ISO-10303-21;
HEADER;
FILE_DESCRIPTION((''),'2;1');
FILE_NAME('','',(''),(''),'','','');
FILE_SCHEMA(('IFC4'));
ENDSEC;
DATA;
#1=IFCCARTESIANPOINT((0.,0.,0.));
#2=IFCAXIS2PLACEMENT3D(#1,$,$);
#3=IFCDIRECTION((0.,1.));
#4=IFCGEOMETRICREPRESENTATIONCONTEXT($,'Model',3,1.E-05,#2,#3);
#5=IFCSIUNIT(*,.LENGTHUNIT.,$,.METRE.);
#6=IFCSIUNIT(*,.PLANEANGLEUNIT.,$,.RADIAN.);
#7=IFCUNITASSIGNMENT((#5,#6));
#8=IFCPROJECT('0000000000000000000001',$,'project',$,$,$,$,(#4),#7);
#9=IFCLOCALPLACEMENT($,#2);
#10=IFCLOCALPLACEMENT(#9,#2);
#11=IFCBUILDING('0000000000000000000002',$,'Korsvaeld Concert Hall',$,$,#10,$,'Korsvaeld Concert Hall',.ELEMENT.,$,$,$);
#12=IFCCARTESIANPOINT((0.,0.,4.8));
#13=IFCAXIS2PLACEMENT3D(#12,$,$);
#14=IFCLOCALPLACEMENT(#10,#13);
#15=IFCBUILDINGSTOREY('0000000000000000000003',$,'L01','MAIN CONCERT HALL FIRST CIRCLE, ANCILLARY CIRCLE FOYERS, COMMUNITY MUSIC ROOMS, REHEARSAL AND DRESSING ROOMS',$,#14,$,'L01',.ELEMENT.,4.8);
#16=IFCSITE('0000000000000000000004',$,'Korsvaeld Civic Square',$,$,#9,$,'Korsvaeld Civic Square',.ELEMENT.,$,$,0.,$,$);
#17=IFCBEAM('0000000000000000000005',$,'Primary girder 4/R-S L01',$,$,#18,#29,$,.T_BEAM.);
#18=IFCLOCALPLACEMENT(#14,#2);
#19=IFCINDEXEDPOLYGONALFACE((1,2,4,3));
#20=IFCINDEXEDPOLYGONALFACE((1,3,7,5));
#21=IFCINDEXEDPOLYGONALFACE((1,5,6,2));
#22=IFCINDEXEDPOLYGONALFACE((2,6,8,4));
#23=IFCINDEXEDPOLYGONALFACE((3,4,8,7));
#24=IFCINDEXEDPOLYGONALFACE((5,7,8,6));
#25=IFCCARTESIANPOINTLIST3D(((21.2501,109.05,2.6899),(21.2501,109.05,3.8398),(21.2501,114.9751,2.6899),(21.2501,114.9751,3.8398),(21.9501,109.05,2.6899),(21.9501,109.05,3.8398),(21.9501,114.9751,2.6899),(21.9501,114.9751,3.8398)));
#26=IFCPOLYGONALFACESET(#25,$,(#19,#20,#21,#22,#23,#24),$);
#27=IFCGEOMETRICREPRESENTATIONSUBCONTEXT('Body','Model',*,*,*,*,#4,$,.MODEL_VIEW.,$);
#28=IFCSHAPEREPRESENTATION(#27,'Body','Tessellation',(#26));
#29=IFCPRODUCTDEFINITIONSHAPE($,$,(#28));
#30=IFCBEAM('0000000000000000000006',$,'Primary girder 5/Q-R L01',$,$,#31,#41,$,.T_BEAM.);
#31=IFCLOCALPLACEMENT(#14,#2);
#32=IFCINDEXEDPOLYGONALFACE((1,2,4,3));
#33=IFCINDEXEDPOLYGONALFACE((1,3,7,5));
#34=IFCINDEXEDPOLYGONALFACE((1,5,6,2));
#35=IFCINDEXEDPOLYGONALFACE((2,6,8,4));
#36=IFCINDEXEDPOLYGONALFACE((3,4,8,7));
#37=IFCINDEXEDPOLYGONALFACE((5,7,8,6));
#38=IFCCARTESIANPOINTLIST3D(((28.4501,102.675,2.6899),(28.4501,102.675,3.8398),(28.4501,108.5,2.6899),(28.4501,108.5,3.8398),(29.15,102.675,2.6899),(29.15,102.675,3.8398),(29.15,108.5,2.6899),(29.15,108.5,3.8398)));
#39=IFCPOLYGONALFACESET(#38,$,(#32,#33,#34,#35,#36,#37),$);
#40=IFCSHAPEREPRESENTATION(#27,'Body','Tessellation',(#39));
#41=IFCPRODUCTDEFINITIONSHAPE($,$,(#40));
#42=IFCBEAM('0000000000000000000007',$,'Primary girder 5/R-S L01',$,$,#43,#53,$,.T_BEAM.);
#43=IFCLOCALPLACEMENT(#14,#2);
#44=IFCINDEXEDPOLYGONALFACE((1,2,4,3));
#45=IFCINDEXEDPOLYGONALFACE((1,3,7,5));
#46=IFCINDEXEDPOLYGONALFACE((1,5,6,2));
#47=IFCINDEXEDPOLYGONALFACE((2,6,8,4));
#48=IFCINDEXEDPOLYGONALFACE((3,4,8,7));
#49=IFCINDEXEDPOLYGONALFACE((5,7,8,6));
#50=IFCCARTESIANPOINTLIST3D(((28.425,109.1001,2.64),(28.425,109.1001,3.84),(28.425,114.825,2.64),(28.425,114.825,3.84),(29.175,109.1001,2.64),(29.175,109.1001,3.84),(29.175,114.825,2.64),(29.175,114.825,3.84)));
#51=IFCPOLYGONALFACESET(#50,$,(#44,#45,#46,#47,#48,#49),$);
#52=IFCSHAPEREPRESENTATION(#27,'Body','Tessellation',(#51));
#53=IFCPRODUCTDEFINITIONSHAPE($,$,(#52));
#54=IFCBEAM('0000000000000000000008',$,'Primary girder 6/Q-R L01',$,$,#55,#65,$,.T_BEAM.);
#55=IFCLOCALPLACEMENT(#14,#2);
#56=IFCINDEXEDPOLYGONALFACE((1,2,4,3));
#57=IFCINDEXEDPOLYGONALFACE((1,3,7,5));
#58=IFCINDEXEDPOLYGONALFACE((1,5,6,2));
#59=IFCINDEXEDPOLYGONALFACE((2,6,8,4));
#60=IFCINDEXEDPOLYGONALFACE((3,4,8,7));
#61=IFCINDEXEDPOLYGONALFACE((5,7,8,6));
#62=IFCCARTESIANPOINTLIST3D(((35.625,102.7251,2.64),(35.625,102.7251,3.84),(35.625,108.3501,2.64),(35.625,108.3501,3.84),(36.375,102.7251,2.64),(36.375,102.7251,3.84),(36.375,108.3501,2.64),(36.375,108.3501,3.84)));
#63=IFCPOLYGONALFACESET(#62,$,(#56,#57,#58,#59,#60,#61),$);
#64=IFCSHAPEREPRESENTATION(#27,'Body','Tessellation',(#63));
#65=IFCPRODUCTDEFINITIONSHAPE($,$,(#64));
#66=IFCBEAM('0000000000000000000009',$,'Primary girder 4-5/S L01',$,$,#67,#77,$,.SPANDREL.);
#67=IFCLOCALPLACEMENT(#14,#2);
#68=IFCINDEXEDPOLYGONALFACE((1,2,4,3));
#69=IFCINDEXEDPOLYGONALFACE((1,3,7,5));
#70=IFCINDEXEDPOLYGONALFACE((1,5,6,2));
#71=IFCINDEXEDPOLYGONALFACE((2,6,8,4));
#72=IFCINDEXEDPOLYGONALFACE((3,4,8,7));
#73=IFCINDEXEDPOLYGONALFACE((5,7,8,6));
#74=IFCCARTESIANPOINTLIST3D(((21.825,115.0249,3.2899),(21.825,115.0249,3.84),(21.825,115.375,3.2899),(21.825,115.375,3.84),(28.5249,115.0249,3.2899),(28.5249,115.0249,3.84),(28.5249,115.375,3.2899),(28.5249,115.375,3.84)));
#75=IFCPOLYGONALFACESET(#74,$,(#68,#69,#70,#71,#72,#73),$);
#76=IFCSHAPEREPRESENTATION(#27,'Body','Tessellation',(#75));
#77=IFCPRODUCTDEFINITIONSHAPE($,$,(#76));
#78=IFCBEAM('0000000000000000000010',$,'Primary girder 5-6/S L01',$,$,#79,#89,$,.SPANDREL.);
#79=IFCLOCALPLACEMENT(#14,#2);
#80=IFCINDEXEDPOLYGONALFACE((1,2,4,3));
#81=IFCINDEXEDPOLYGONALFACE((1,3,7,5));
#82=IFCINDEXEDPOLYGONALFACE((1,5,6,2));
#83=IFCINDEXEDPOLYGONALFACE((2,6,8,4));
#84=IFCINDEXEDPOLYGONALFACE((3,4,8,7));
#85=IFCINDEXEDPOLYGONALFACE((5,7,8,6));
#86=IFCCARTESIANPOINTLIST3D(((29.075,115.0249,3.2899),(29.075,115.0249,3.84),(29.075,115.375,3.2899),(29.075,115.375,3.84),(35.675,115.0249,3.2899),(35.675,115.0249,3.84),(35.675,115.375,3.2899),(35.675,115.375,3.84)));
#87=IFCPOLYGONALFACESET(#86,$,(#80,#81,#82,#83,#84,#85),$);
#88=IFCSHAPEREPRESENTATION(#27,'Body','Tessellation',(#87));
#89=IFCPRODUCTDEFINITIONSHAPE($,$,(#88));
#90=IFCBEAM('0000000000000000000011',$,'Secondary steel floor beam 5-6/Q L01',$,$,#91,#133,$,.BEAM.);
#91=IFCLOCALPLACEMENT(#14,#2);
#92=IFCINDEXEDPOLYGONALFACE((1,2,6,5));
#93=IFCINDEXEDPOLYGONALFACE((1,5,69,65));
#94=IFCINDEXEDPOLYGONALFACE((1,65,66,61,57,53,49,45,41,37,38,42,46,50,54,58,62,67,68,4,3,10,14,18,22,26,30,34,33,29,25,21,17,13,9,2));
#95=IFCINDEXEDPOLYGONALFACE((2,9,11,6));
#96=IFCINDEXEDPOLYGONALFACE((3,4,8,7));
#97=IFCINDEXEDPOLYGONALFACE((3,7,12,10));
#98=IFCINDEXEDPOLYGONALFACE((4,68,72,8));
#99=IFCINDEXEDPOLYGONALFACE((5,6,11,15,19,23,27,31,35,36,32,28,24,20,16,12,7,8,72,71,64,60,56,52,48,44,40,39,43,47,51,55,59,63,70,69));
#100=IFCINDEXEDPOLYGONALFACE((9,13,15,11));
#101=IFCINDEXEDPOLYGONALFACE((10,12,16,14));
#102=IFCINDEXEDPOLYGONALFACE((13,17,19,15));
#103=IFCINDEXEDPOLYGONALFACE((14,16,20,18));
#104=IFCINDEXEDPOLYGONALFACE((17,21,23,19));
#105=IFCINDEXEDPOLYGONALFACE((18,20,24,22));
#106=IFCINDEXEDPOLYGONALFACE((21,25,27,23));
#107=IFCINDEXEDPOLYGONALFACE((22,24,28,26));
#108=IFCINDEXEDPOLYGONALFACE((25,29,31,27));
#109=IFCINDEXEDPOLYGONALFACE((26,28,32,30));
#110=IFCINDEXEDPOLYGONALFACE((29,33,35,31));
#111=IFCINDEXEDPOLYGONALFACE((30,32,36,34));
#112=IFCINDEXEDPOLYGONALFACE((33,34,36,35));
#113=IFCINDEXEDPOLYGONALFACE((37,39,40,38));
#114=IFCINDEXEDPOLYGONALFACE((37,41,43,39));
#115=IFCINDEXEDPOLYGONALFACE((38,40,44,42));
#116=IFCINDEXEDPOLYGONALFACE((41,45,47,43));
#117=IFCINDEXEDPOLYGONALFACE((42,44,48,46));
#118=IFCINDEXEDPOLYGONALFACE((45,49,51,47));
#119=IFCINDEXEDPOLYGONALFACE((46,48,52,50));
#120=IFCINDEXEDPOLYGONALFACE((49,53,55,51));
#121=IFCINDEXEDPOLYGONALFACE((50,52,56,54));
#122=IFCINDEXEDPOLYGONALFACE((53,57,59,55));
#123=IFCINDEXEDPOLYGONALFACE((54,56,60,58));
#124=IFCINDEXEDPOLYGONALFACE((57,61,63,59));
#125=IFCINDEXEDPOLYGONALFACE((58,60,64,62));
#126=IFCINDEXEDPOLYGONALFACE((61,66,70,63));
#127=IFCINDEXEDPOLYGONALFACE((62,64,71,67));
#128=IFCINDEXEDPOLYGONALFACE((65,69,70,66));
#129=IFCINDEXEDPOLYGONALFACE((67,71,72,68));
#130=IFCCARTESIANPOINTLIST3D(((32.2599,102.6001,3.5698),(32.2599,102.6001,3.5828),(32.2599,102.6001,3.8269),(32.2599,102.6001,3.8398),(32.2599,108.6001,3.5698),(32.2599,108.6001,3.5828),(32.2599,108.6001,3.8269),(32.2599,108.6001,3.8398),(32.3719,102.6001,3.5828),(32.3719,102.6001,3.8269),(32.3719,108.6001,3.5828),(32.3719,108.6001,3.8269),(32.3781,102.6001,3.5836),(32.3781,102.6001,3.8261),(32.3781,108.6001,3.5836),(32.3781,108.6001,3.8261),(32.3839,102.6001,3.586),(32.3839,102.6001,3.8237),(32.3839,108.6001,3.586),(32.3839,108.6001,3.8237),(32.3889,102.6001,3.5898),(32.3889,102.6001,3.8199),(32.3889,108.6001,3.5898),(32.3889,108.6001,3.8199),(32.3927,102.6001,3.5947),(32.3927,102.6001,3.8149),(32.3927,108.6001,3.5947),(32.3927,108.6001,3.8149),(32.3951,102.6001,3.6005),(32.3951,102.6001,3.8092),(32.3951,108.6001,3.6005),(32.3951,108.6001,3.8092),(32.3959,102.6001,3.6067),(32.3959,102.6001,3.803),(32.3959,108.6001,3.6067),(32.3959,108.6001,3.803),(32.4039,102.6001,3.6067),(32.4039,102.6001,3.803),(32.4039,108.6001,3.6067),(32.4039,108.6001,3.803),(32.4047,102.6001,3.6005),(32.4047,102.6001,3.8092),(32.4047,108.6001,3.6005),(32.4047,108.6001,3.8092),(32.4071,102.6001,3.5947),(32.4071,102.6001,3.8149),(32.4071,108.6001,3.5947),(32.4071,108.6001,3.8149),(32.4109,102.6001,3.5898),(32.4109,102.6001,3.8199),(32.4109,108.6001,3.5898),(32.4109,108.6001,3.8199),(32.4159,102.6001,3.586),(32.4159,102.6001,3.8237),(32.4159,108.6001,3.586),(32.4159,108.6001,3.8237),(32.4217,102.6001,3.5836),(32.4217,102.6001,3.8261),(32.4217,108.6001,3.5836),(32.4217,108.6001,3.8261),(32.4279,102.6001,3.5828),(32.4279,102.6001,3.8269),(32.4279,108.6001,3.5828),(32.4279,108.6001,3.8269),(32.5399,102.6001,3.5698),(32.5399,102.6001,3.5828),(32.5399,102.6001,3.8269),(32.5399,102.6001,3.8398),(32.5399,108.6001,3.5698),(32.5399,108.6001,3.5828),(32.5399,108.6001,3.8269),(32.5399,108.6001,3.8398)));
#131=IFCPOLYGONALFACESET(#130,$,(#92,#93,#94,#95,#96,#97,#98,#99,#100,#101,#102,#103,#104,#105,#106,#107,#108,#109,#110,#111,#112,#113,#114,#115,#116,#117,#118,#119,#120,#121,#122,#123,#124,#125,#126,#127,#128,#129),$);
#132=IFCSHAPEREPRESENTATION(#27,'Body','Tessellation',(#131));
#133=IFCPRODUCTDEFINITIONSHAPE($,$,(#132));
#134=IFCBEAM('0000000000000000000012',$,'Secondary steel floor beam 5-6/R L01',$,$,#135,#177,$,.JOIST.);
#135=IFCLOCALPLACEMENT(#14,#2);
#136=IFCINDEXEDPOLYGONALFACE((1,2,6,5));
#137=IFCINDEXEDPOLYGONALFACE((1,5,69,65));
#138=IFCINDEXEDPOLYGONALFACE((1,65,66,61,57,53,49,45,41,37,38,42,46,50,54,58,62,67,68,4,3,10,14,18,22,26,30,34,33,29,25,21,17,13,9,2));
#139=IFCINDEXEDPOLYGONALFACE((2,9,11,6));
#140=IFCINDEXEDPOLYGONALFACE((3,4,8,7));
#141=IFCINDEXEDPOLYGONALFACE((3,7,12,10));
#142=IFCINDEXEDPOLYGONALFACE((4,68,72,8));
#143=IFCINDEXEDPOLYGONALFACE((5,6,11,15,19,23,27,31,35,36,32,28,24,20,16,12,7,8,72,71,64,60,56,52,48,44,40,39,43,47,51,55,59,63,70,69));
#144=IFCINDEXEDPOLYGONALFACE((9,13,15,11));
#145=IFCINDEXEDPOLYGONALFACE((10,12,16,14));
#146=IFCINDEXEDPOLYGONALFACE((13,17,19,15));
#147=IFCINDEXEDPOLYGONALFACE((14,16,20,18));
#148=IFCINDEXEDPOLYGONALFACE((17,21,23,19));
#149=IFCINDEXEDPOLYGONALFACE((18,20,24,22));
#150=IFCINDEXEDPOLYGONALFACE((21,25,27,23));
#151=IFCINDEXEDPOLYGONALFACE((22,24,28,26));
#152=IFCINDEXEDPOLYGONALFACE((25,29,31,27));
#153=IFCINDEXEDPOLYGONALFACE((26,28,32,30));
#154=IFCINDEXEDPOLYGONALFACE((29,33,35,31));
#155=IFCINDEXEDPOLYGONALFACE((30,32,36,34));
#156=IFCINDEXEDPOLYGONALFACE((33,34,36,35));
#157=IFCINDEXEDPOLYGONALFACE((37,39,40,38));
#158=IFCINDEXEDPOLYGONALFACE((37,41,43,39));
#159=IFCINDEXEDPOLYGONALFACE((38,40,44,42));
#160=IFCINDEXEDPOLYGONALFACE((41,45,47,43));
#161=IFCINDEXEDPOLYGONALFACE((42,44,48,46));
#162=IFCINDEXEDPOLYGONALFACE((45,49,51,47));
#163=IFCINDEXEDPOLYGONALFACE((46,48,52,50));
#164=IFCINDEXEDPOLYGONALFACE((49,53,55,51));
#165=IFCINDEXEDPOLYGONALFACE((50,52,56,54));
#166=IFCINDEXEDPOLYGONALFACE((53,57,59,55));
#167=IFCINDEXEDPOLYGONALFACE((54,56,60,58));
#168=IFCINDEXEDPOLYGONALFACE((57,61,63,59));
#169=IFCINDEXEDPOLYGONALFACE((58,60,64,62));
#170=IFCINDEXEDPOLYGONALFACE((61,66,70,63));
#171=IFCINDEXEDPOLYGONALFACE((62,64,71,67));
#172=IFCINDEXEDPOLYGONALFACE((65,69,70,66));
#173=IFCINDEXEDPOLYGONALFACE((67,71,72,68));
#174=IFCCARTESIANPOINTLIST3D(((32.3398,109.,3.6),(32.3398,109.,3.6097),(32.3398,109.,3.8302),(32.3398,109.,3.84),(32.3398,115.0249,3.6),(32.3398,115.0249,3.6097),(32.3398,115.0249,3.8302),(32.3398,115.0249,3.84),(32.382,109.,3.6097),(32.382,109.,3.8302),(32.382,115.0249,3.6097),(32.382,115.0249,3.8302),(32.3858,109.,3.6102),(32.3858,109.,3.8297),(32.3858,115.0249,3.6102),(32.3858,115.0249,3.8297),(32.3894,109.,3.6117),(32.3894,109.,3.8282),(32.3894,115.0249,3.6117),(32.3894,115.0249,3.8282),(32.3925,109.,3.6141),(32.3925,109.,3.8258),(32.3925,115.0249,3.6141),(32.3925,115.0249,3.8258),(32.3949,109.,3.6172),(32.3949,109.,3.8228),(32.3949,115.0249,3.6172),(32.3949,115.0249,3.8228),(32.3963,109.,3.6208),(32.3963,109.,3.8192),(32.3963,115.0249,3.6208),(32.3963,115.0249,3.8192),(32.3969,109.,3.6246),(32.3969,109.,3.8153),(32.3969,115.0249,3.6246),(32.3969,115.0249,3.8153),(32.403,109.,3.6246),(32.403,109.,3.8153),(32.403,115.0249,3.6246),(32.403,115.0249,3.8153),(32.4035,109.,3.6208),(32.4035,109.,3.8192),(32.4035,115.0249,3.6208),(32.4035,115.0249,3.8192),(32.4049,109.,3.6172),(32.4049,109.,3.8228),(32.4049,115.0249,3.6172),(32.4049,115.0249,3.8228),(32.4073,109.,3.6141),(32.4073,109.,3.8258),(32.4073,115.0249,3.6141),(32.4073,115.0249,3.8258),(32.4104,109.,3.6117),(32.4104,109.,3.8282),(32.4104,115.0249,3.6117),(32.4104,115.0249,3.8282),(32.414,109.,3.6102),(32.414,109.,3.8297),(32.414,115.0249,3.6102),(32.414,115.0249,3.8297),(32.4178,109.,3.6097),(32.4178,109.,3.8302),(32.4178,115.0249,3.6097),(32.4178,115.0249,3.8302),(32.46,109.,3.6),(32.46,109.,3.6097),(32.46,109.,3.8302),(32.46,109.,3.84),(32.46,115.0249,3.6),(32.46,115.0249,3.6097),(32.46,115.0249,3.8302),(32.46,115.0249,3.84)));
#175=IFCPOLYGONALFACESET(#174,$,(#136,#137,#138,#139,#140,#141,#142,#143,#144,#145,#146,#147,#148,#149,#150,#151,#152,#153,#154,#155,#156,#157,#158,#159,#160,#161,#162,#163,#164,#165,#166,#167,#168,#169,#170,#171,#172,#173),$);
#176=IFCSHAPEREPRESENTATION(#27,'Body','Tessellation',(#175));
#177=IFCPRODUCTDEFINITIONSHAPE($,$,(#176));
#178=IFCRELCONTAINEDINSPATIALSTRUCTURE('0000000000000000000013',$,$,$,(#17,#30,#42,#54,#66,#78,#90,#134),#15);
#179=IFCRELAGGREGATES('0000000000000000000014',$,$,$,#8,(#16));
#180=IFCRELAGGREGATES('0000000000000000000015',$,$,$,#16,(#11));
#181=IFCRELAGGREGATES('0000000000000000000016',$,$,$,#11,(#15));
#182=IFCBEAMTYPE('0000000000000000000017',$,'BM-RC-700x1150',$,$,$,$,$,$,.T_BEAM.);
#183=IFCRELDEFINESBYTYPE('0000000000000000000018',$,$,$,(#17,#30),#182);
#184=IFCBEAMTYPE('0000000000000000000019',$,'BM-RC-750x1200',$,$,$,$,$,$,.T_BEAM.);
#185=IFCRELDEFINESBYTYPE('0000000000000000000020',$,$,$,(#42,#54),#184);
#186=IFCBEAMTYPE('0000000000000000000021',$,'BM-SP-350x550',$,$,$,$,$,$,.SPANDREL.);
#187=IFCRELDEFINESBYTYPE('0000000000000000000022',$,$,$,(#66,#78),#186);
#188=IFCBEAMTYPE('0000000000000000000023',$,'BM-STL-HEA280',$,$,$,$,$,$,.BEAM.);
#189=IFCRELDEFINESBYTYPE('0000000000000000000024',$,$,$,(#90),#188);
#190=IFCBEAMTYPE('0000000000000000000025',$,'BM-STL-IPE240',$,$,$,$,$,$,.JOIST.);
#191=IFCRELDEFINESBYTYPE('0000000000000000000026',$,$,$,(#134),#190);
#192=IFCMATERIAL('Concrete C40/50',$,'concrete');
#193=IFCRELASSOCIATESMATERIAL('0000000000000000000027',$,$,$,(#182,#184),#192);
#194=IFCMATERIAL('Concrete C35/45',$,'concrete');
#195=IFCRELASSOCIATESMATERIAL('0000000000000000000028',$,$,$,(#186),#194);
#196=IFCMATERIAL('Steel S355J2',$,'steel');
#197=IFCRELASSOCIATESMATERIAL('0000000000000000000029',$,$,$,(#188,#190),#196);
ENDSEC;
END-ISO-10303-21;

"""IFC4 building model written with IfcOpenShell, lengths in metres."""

from ifc_helpers import new_model, si_unit, direction, frame, origin, origin_2d, place, context, subcontext, project, spatial, rectangle, i_section, extrude, material, material_profile, profile_set, type_object, element, save


model = new_model("IFC4")

# Units and contexts
model_context = context("Model", 3, precision=1e-05, world=origin(), true_north=direction((0.0, 1.0)))
body_context = subcontext(model_context, "Body", "Model", "MODEL_VIEW")
ifc_project = project(units=[si_unit("LENGTHUNIT", "METRE"), si_unit("PLANEANGLEUNIT", "RADIAN")], contexts=[model_context])

# Site, building, storey
site_placement = place(None, origin())
site = spatial("IfcSite", under=ifc_project, at=site_placement, Name="Korsvaeld Civic Square", LongName="Korsvaeld Civic Square", CompositionType="ELEMENT", RefElevation=0.0)
building_placement = place(site_placement, origin())
building = spatial("IfcBuilding", under=site, at=building_placement, Name="Korsvaeld Concert Hall", LongName="Korsvaeld Concert Hall", CompositionType="ELEMENT")
storey_placement = place(building_placement, frame((0.0, 0.0, 4.8)))
storey = spatial("IfcBuildingStorey", under=building, at=storey_placement, Name="L01", Description="MAIN CONCERT HALL FIRST CIRCLE, ANCILLARY CIRCLE FOYERS, COMMUNITY MUSIC ROOMS, REHEARSAL AND DRESSING ROOMS", LongName="L01", CompositionType="ELEMENT", Elevation=4.8)

# Shared definitions
ifc_material_1 = material(Name="Concrete C40/50", Category="concrete")

# Beams
ifc_material_2 = material(Name="Concrete C35/45", Category="concrete")
ifc_material_profile_1 = material_profile(ifc_material_1, rectangle(XDim=0.7, YDim=1.1499, at=origin_2d()), Name="RC 700x1150")
ifc_profile_set_1 = profile_set([ifc_material_profile_1], Name="Concrete C40/50")
beam_type_1 = type_object("IfcBeamType", Name="BM-RC-700x1150", PredefinedType="T_BEAM", material=ifc_profile_set_1)
beam_1_placement = place(storey_placement, frame((21.6001, 109.05, 3.2649), z_axis=(0.0, 1.0, 0.0), x_axis=(-1.0, 0.0, 0.0)))
element("IfcBeam", 1, at=beam_1_placement, inside=storey, type_object=beam_type_1, Name="Primary girder 4/R-S L01", PredefinedType="T_BEAM", context=body_context, shape_type="SweptSolid", body=[
    extrude(rectangle(XDim=0.7, YDim=1.1499, at=origin_2d()), origin(), (0.0, 0.0, 1.0), 5.925),
])
beam_2_placement = place(storey_placement, frame((28.8, 102.675, 3.2649), z_axis=(0.0, 1.0, 0.0), x_axis=(-1.0, 0.0, 0.0)))
element("IfcBeam", 2, at=beam_2_placement, inside=storey, type_object=beam_type_1, Name="Primary girder 5/Q-R L01", PredefinedType="T_BEAM", context=body_context, shape_type="SweptSolid", body=[
    extrude(rectangle(XDim=0.7, YDim=1.1499, at=origin_2d()), origin(), (0.0, 0.0, 1.0), 5.825),
])
ifc_material_profile_2 = material_profile(ifc_material_1, rectangle(XDim=0.75, YDim=1.2, at=origin_2d()), Name="RC 750x1200")
ifc_profile_set_2 = profile_set([ifc_material_profile_2], Name="Concrete C40/50")
beam_type_2 = type_object("IfcBeamType", Name="BM-RC-750x1200", PredefinedType="T_BEAM", material=ifc_profile_set_2)
beam_3_placement = place(storey_placement, frame((28.8, 109.1001, 3.24), z_axis=(0.0, 1.0, 0.0), x_axis=(-1.0, 0.0, 0.0)))
element("IfcBeam", 3, at=beam_3_placement, inside=storey, type_object=beam_type_2, Name="Primary girder 5/R-S L01", PredefinedType="T_BEAM", context=body_context, shape_type="SweptSolid", body=[
    extrude(rectangle(XDim=0.75, YDim=1.2, at=origin_2d()), origin(), (0.0, 0.0, 1.0), 5.7249),
])
beam_4_placement = place(storey_placement, frame((36.0, 102.7251, 3.24), z_axis=(0.0, 1.0, 0.0), x_axis=(-1.0, 0.0, 0.0)))
element("IfcBeam", 4, at=beam_4_placement, inside=storey, type_object=beam_type_2, Name="Primary girder 6/Q-R L01", PredefinedType="T_BEAM", context=body_context, shape_type="SweptSolid", body=[
    extrude(rectangle(XDim=0.75, YDim=1.2, at=origin_2d()), origin(), (0.0, 0.0, 1.0), 5.625),
])
ifc_material_profile_3 = material_profile(ifc_material_2, rectangle(XDim=0.3501, YDim=0.55, at=origin_2d()), Name="RC 350x550")
ifc_profile_set_3 = profile_set([ifc_material_profile_3], Name="Concrete C35/45")
beam_type_3 = type_object("IfcBeamType", Name="BM-SP-350x550", PredefinedType="SPANDREL", material=ifc_profile_set_3)
beam_5_placement = place(storey_placement, frame((21.825, 115.2, 3.5649), z_axis=(1.0, 0.0, 0.0), x_axis=(0.0, 1.0, 0.0)))
element("IfcBeam", 5, at=beam_5_placement, inside=storey, type_object=beam_type_3, Name="Primary girder 4-5/S L01", PredefinedType="SPANDREL", context=body_context, shape_type="SweptSolid", body=[
    extrude(rectangle(XDim=0.3501, YDim=0.55, at=origin_2d()), origin(), (0.0, 0.0, 1.0), 6.7),
])
beam_6_placement = place(storey_placement, frame((29.075, 115.2, 3.5649), z_axis=(1.0, 0.0, 0.0), x_axis=(0.0, 1.0, 0.0)))
element("IfcBeam", 6, at=beam_6_placement, inside=storey, type_object=beam_type_3, Name="Primary girder 5-6/S L01", PredefinedType="SPANDREL", context=body_context, shape_type="SweptSolid", body=[
    extrude(rectangle(XDim=0.3501, YDim=0.55, at=origin_2d()), origin(), (0.0, 0.0, 1.0), 6.6001),
])
ifc_material_3 = material(Name="Steel S355J2", Category="steel")
ifc_material_profile_4 = material_profile(ifc_material_3, i_section(OverallWidth=0.28, OverallDepth=0.27, WebThickness=0.0081, FlangeThickness=0.0129, FilletRadius=0.0239, at=origin_2d()), Name="HEA 280")
ifc_profile_set_4 = profile_set([ifc_material_profile_4], Name="Steel S355J2")
beam_type_4 = type_object("IfcBeamType", Name="BM-STL-HEA280", PredefinedType="BEAM", material=ifc_profile_set_4)
beam_7_placement = place(storey_placement, frame((32.3999, 102.6001, 3.7048), z_axis=(0.0, 1.0, 0.0), x_axis=(-1.0, 0.0, 0.0)))
element("IfcBeam", 7, at=beam_7_placement, inside=storey, type_object=beam_type_4, Name="Secondary steel floor beam 5-6/Q L01", PredefinedType="BEAM", context=body_context, shape_type="SweptSolid", body=[
    extrude(i_section(OverallWidth=0.28, OverallDepth=0.27, WebThickness=0.0081, FlangeThickness=0.0129, FilletRadius=0.0239, at=origin_2d()), origin(), (0.0, 0.0, 1.0), 6.0),
])
ifc_material_profile_5 = material_profile(ifc_material_3, i_section(OverallWidth=0.1201, OverallDepth=0.24, WebThickness=0.0061, FlangeThickness=0.0098, FilletRadius=0.0149, at=origin_2d()), Name="IPE 240")
ifc_profile_set_5 = profile_set([ifc_material_profile_5], Name="Steel S355J2")
beam_type_5 = type_object("IfcBeamType", Name="BM-STL-IPE240", PredefinedType="JOIST", material=ifc_profile_set_5)
beam_8_placement = place(storey_placement, frame((32.3999, 109.0, 3.72), z_axis=(0.0, 1.0, 0.0), x_axis=(-1.0, 0.0, 0.0)))
element("IfcBeam", 8, at=beam_8_placement, inside=storey, type_object=beam_type_5, Name="Secondary steel floor beam 5-6/R L01", PredefinedType="JOIST", context=body_context, shape_type="SweptSolid", body=[
    extrude(i_section(OverallWidth=0.1201, OverallDepth=0.24, WebThickness=0.0061, FlangeThickness=0.0098, FilletRadius=0.0149, at=origin_2d()), origin(), (0.0, 0.0, 1.0), 6.0249),
])

save(model, "model.ifc")
